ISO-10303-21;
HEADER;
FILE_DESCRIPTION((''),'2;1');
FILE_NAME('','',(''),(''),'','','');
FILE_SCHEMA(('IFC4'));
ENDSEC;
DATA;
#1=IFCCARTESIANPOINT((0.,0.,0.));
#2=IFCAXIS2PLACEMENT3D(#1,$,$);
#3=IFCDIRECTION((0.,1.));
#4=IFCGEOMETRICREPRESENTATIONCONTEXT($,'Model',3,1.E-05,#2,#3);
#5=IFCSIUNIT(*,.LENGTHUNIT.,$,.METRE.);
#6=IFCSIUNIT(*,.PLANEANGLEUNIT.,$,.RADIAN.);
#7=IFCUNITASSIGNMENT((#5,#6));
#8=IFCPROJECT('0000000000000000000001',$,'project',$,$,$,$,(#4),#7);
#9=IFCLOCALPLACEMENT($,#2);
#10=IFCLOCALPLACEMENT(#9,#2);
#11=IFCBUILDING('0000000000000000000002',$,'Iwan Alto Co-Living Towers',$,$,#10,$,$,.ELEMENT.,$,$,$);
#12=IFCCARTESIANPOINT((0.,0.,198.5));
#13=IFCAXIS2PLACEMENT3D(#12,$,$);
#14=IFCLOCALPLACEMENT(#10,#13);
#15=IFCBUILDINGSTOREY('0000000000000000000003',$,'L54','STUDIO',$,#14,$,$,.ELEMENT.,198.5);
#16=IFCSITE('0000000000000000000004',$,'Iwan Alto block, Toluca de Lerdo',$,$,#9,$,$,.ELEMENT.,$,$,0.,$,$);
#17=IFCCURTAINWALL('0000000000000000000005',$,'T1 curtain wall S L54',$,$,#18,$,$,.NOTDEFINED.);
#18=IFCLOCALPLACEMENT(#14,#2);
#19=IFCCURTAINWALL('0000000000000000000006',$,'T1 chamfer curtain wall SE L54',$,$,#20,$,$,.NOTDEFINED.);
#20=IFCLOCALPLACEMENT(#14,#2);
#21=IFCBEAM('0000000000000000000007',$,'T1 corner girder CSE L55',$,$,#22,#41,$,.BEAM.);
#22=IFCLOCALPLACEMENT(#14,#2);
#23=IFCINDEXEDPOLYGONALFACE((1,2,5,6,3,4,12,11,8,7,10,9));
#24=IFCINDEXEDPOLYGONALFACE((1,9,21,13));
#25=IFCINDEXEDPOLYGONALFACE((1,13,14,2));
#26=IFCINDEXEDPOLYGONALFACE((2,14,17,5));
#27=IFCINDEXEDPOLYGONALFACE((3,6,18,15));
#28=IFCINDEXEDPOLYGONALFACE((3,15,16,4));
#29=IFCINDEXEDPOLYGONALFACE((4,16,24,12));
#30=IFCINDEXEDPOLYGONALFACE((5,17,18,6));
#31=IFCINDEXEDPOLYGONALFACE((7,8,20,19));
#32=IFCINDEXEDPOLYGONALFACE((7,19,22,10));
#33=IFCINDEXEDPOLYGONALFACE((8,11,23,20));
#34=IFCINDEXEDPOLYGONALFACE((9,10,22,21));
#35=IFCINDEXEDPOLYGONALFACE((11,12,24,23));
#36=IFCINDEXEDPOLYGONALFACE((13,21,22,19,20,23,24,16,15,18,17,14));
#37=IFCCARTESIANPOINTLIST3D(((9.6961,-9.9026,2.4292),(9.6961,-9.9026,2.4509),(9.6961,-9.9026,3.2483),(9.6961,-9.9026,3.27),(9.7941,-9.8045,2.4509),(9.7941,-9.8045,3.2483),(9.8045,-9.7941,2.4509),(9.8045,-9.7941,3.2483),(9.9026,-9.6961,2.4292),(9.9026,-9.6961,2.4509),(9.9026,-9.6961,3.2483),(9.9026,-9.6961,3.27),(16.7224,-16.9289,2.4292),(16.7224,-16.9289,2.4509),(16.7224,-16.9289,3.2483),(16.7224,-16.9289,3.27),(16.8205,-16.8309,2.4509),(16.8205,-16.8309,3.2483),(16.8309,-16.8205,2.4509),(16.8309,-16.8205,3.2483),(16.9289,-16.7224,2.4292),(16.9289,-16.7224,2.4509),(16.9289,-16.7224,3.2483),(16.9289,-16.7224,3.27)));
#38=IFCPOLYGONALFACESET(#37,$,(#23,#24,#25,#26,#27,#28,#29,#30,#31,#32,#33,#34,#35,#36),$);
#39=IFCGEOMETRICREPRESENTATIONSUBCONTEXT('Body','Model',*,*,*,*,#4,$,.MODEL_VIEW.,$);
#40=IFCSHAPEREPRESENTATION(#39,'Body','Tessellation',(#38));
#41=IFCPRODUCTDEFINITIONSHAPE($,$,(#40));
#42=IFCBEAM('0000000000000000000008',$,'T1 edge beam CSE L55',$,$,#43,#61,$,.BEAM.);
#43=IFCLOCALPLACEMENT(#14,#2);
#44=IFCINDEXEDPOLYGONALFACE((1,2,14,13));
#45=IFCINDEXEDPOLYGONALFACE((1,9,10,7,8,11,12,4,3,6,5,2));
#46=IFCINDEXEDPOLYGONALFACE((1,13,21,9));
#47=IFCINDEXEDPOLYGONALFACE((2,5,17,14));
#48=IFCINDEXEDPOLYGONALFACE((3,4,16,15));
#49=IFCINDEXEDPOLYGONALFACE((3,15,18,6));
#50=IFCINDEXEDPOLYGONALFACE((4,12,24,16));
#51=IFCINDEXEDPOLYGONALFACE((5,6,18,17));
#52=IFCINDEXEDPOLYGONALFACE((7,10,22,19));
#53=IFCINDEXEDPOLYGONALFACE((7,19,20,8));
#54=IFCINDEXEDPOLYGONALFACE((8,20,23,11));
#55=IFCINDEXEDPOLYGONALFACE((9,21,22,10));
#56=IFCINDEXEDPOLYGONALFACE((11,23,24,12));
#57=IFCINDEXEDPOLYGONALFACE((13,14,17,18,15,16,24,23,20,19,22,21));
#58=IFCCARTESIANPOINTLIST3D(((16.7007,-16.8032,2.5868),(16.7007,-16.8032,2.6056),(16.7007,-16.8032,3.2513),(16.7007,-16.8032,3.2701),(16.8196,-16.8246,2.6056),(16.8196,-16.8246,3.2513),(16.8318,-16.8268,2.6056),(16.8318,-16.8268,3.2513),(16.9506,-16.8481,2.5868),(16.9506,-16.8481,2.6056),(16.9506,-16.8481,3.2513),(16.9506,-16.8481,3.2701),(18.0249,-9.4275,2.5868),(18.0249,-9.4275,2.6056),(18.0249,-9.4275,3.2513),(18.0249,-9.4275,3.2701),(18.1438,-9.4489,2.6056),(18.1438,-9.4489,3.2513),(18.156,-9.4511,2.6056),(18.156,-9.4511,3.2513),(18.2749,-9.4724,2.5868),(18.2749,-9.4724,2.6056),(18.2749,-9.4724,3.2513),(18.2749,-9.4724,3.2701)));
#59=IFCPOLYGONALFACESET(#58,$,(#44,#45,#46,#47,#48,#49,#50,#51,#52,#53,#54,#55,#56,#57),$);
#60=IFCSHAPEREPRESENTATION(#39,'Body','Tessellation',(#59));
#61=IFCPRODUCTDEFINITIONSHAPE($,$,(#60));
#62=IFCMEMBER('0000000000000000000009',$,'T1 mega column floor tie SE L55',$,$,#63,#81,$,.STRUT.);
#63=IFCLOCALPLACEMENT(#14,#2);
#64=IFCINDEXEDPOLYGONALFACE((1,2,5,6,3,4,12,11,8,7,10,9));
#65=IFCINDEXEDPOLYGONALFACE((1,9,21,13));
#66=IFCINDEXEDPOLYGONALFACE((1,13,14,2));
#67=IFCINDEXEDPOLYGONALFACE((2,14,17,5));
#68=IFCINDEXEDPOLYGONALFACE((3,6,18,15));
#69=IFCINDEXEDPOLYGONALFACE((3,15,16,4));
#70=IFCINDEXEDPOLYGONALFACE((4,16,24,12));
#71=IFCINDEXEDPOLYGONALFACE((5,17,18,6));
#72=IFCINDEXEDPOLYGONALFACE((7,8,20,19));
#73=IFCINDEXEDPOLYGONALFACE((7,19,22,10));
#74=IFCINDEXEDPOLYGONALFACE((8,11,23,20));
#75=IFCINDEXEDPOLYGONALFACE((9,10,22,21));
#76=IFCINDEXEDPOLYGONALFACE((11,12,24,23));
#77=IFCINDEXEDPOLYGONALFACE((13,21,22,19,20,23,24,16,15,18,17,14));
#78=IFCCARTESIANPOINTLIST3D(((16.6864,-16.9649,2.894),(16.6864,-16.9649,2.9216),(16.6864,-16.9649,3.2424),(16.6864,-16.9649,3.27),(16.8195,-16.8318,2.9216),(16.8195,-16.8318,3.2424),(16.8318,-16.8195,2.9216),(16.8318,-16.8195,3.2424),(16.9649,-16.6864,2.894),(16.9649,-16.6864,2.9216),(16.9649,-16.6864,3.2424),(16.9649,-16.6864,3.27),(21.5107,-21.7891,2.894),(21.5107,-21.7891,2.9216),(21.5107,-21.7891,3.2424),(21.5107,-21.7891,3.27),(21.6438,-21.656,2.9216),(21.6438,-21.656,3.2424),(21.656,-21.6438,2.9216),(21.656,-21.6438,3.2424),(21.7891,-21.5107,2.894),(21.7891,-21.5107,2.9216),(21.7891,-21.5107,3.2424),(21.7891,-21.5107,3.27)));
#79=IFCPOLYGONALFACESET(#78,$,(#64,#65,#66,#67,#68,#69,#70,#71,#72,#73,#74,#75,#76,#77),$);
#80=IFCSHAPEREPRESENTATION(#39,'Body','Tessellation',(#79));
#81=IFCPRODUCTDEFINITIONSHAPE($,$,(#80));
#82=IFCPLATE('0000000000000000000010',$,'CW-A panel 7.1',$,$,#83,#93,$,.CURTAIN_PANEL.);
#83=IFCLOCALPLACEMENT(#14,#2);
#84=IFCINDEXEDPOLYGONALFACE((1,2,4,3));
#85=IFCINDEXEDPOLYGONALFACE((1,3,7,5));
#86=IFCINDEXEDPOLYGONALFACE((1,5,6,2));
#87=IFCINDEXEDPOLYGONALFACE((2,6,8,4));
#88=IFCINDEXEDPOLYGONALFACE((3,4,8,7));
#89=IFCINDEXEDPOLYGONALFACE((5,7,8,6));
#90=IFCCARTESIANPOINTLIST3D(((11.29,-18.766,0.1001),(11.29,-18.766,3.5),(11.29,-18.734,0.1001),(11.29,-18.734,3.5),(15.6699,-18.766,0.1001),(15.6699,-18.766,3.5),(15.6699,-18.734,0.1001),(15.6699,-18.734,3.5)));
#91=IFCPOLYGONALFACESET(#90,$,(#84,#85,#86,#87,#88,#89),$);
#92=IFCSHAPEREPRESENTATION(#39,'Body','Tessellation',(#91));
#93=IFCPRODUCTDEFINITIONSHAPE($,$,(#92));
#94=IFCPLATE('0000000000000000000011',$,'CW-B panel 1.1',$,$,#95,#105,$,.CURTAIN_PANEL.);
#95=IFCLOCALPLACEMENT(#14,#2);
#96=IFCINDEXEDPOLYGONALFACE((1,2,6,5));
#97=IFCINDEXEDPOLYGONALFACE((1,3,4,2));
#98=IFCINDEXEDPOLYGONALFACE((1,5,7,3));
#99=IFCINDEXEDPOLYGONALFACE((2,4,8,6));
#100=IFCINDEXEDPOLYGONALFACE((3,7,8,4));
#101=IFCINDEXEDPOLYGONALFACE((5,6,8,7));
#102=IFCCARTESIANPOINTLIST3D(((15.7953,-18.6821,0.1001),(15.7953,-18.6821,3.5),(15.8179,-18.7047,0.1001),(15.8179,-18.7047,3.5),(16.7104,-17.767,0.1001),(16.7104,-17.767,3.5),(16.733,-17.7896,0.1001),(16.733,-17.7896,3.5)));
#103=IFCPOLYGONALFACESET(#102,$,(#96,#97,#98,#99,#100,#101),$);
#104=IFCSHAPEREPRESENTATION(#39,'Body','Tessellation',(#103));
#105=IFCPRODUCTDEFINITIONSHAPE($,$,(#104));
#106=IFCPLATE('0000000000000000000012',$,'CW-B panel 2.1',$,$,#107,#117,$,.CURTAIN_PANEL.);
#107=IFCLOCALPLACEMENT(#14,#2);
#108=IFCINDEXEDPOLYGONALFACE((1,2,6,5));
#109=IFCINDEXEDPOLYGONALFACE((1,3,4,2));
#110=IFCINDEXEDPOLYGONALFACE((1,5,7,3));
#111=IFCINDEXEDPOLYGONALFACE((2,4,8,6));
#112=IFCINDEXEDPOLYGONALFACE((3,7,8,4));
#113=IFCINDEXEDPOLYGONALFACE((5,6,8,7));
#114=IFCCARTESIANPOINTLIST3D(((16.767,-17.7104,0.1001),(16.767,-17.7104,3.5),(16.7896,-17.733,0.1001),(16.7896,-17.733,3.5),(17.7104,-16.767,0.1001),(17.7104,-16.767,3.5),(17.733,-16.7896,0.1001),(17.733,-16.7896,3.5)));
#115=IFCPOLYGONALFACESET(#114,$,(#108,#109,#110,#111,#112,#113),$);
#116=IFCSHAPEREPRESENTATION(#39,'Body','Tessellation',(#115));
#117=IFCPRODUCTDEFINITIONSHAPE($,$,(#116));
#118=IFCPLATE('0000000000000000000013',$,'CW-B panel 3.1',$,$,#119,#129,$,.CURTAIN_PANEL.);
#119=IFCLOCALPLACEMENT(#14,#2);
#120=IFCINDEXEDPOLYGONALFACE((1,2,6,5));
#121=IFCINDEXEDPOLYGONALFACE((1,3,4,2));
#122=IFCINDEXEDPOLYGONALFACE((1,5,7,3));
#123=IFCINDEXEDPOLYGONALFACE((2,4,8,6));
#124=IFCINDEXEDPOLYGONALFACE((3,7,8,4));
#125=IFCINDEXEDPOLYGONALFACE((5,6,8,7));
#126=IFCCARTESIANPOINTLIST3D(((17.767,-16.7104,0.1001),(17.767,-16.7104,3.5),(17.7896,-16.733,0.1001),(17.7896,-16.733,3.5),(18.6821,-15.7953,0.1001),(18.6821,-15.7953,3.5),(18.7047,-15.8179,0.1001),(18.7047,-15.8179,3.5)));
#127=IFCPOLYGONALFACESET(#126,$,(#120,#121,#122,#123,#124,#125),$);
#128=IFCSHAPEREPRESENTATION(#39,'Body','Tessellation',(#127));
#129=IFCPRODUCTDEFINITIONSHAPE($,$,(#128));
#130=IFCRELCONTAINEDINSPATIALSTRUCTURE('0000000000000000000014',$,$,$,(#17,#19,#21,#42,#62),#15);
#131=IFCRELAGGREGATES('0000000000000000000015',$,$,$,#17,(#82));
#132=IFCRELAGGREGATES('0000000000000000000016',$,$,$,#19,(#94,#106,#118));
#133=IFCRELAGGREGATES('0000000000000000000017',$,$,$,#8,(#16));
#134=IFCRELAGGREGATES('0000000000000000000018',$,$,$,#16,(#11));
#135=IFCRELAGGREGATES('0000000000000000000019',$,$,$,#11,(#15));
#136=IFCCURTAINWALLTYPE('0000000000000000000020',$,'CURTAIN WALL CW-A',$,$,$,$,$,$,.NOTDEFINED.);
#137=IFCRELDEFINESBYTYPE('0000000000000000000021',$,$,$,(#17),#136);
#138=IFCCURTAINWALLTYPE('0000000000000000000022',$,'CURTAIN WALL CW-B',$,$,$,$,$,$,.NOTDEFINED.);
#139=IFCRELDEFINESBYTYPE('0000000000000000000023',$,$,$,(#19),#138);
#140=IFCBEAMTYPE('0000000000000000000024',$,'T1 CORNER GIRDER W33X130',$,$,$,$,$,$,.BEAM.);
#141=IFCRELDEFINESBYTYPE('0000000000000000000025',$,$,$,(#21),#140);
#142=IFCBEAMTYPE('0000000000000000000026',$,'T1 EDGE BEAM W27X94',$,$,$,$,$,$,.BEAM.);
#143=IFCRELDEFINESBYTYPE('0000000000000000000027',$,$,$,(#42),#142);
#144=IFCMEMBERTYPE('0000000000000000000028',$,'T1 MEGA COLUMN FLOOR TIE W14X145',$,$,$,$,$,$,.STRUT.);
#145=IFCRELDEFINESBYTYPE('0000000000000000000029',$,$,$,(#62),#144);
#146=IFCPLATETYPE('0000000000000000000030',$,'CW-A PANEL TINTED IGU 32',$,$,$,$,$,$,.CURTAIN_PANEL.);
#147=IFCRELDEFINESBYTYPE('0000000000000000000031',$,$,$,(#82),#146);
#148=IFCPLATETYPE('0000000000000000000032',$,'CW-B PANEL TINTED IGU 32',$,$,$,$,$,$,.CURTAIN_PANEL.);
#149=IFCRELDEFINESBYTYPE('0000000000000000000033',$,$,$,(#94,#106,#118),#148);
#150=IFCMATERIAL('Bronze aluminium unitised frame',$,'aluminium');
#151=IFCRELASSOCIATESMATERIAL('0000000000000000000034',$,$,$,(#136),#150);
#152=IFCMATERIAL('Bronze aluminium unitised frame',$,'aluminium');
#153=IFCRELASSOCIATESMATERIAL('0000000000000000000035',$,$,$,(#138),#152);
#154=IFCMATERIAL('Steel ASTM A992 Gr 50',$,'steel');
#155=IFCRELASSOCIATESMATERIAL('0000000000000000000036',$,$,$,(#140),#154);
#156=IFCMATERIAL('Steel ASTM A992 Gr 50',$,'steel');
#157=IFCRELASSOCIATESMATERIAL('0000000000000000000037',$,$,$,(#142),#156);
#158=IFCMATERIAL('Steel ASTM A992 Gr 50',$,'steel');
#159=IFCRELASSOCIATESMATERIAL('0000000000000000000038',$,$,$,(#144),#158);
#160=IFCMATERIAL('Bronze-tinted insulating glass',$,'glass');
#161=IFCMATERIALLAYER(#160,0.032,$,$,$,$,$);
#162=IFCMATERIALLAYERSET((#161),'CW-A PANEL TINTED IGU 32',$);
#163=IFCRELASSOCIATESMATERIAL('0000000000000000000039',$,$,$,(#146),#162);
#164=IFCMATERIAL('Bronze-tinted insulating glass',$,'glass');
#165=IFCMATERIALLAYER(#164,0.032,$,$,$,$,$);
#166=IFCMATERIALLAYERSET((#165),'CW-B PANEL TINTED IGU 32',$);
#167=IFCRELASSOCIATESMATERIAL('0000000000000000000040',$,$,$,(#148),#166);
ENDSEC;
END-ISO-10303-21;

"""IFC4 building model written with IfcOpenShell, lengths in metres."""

from ifc_helpers import new_model, si_unit, direction, frame, origin, origin_2d, place, context, subcontext, project, spatial, rectangle, i_section, extrude, material, layer, layer_set, material_profile, profile_set, type_object, element, aggregate, save


model = new_model("IFC4")

# Units and contexts
model_context = context("Model", 3, precision=1e-05, world=origin(), true_north=direction((0.0, 1.0)))
body_context = subcontext(model_context, "Body", "Model", "MODEL_VIEW")
ifc_project = project(units=[si_unit("LENGTHUNIT", "METRE"), si_unit("PLANEANGLEUNIT", "RADIAN")], contexts=[model_context])

# Site, building, storey
site_placement = place(None, origin())
site = spatial("IfcSite", under=ifc_project, at=site_placement, Name="Iwan Alto block, Toluca de Lerdo", CompositionType="ELEMENT", RefElevation=0.0)
building_placement = place(site_placement, origin())
building = spatial("IfcBuilding", under=site, at=building_placement, Name="Iwan Alto Co-Living Towers", CompositionType="ELEMENT")
storey_placement = place(building_placement, frame((0.0, 0.0, 198.5)))
storey = spatial("IfcBuildingStorey", under=building, at=storey_placement, Name="L54", Description="STUDIO", CompositionType="ELEMENT", Elevation=198.5)

# Curtain wall
ifc_material_1 = material(Name="Bronze aluminium unitised frame", Category="aluminium")
curtain_wall_type_1 = type_object("IfcCurtainWallType", Name="CURTAIN WALL CW-A", PredefinedType="NOTDEFINED", material=ifc_material_1)
curtain_wall_1_placement = place(storey_placement, origin())
curtain_wall_1 = element("IfcCurtainWall", 1, at=curtain_wall_1_placement, inside=storey, type_object=curtain_wall_type_1, Name="T1 curtain wall S L54", PredefinedType="NOTDEFINED")

# Curtain wall
ifc_material_2 = material(Name="Bronze aluminium unitised frame", Category="aluminium")
curtain_wall_type_2 = type_object("IfcCurtainWallType", Name="CURTAIN WALL CW-B", PredefinedType="NOTDEFINED", material=ifc_material_2)
curtain_wall_2_placement = place(storey_placement, origin())
curtain_wall_2 = element("IfcCurtainWall", 2, at=curtain_wall_2_placement, inside=storey, type_object=curtain_wall_type_2, Name="T1 chamfer curtain wall SE L54", PredefinedType="NOTDEFINED")

# Beams
ifc_material_3 = material(Name="Steel ASTM A992 Gr 50", Category="steel")
ifc_material_profile_1 = material_profile(ifc_material_3, i_section(OverallWidth=0.292, OverallDepth=0.8408, WebThickness=0.0146, FlangeThickness=0.0217, at=origin_2d()), Name="W33X130")
ifc_profile_set_1 = profile_set([ifc_material_profile_1], Name="Steel ASTM A992 Gr 50")
beam_type_1 = type_object("IfcBeamType", Name="T1 CORNER GIRDER W33X130", PredefinedType="BEAM", material=ifc_profile_set_1)
beam_1_placement = place(storey_placement, frame((16.8257, -16.8257, 2.8496), z_axis=(-0.707107, 0.707107, 0.0), x_axis=(-0.707107, -0.707107, 0.0)))
element("IfcBeam", 3, at=beam_1_placement, inside=storey, type_object=beam_type_1, Name="T1 corner girder CSE L55", PredefinedType="BEAM", context=body_context, shape_type="SweptSolid", body=[
    extrude(i_section(OverallWidth=0.292, OverallDepth=0.8408, WebThickness=0.0146, FlangeThickness=0.0217, at=origin_2d()), origin(), (0.0, 0.0, 1.0), 9.9368),
])
ifc_material_4 = material(Name="Steel ASTM A992 Gr 50", Category="steel")
ifc_material_profile_2 = material_profile(ifc_material_4, i_section(OverallWidth=0.2539, OverallDepth=0.6833, WebThickness=0.0125, FlangeThickness=0.0188, at=origin_2d()), Name="W27X94")
ifc_profile_set_2 = profile_set([ifc_material_profile_2], Name="Steel ASTM A992 Gr 50")
beam_type_2 = type_object("IfcBeamType", Name="T1 EDGE BEAM W27X94", PredefinedType="BEAM", material=ifc_profile_set_2)
beam_2_placement = place(storey_placement, frame((16.8257, -16.8257, 2.9285), z_axis=(0.176712, 0.984263, 0.0), x_axis=(-0.984263, 0.176712, 0.0)))
element("IfcBeam", 4, at=beam_2_placement, inside=storey, type_object=beam_type_2, Name="T1 edge beam CSE L55", PredefinedType="BEAM", context=body_context, shape_type="SweptSolid", body=[
    extrude(i_section(OverallWidth=0.2539, OverallDepth=0.6833, WebThickness=0.0125, FlangeThickness=0.0188, at=origin_2d()), origin(), (0.0, 0.0, 1.0), 7.4937),
])

# Member
ifc_material_5 = material(Name="Steel ASTM A992 Gr 50", Category="steel")
ifc_material_profile_3 = material_profile(ifc_material_5, i_section(OverallWidth=0.3938, OverallDepth=0.376, WebThickness=0.0173, FlangeThickness=0.0276, at=origin_2d()), Name="W14X145")
ifc_profile_set_3 = profile_set([ifc_material_profile_3], Name="Steel ASTM A992 Gr 50")
member_type_1 = type_object("IfcMemberType", Name="T1 MEGA COLUMN FLOOR TIE W14X145", PredefinedType="STRUT", material=ifc_profile_set_3)
member_1_placement = place(storey_placement, frame((21.6499, -21.6499, 3.082), z_axis=(-0.707107, 0.707107, 0.0), x_axis=(-0.707107, -0.707107, 0.0)))
element("IfcMember", 5, at=member_1_placement, inside=storey, type_object=member_type_1, Name="T1 mega column floor tie SE L55", PredefinedType="STRUT", context=body_context, shape_type="SweptSolid", body=[
    extrude(i_section(OverallWidth=0.3938, OverallDepth=0.376, WebThickness=0.0173, FlangeThickness=0.0276, at=origin_2d()), origin(), (0.0, 0.0, 1.0), 6.8225),
])

# Plates
ifc_material_6 = material(Name="Bronze-tinted insulating glass", Category="glass")
ifc_layer_1 = layer(ifc_material_6, 0.032)
ifc_layer_set_1 = layer_set([ifc_layer_1], Name="CW-A PANEL TINTED IGU 32")
plate_type_1 = type_object("IfcPlateType", Name="CW-A PANEL TINTED IGU 32", PredefinedType="CURTAIN_PANEL", material=ifc_layer_set_1)
plate_1_placement = place(storey_placement, frame((13.48, -18.75, 0.1001), z_axis=(0.0, 0.0, 1.0), x_axis=(1.0, 0.0, 0.0)))
plate_1 = element("IfcPlate", 6, at=plate_1_placement, type_object=plate_type_1, Name="CW-A panel 7.1", PredefinedType="CURTAIN_PANEL", context=body_context, shape_type="SweptSolid", body=[
    extrude(rectangle(XDim=4.3799, YDim=0.032, at=origin_2d()), origin(), (0.0, 0.0, 1.0), 3.3999),
])
aggregate(curtain_wall_1, [plate_1])
ifc_material_7 = material(Name="Bronze-tinted insulating glass", Category="glass")
ifc_layer_2 = layer(ifc_material_7, 0.032)
ifc_layer_set_2 = layer_set([ifc_layer_2], Name="CW-B PANEL TINTED IGU 32")
plate_type_2 = type_object("IfcPlateType", Name="CW-B PANEL TINTED IGU 32", PredefinedType="CURTAIN_PANEL", material=ifc_layer_set_2)
plate_2_placement = place(storey_placement, frame((16.2642, -18.2358, 0.1001), z_axis=(0.0, 0.0, 1.0), x_axis=(0.707107, 0.707107, 0.0)))
plate_2 = element("IfcPlate", 7, at=plate_2_placement, type_object=plate_type_2, Name="CW-B panel 1.1", PredefinedType="CURTAIN_PANEL", context=body_context, shape_type="SweptSolid", body=[
    extrude(rectangle(XDim=1.2942, YDim=0.032, at=origin_2d()), origin(), (0.0, 0.0, 1.0), 3.3999),
])
plate_3_placement = place(storey_placement, frame((17.25, -17.25, 0.1001), z_axis=(0.0, 0.0, 1.0), x_axis=(0.707107, 0.707107, 0.0)))
plate_3 = element("IfcPlate", 8, at=plate_3_placement, type_object=plate_type_2, Name="CW-B panel 2.1", PredefinedType="CURTAIN_PANEL", context=body_context, shape_type="SweptSolid", body=[
    extrude(rectangle(XDim=1.3342, YDim=0.032, at=origin_2d()), origin(), (0.0, 0.0, 1.0), 3.3999),
])
plate_4_placement = place(storey_placement, frame((18.2358, -16.2642, 0.1001), z_axis=(0.0, 0.0, 1.0), x_axis=(0.707107, 0.707107, 0.0)))
plate_4 = element("IfcPlate", 9, at=plate_4_placement, type_object=plate_type_2, Name="CW-B panel 3.1", PredefinedType="CURTAIN_PANEL", context=body_context, shape_type="SweptSolid", body=[
    extrude(rectangle(XDim=1.2942, YDim=0.032, at=origin_2d()), origin(), (0.0, 0.0, 1.0), 3.3999),
])
aggregate(curtain_wall_2, [plate_2, plate_3, plate_4])

save(model, "model.ifc")
